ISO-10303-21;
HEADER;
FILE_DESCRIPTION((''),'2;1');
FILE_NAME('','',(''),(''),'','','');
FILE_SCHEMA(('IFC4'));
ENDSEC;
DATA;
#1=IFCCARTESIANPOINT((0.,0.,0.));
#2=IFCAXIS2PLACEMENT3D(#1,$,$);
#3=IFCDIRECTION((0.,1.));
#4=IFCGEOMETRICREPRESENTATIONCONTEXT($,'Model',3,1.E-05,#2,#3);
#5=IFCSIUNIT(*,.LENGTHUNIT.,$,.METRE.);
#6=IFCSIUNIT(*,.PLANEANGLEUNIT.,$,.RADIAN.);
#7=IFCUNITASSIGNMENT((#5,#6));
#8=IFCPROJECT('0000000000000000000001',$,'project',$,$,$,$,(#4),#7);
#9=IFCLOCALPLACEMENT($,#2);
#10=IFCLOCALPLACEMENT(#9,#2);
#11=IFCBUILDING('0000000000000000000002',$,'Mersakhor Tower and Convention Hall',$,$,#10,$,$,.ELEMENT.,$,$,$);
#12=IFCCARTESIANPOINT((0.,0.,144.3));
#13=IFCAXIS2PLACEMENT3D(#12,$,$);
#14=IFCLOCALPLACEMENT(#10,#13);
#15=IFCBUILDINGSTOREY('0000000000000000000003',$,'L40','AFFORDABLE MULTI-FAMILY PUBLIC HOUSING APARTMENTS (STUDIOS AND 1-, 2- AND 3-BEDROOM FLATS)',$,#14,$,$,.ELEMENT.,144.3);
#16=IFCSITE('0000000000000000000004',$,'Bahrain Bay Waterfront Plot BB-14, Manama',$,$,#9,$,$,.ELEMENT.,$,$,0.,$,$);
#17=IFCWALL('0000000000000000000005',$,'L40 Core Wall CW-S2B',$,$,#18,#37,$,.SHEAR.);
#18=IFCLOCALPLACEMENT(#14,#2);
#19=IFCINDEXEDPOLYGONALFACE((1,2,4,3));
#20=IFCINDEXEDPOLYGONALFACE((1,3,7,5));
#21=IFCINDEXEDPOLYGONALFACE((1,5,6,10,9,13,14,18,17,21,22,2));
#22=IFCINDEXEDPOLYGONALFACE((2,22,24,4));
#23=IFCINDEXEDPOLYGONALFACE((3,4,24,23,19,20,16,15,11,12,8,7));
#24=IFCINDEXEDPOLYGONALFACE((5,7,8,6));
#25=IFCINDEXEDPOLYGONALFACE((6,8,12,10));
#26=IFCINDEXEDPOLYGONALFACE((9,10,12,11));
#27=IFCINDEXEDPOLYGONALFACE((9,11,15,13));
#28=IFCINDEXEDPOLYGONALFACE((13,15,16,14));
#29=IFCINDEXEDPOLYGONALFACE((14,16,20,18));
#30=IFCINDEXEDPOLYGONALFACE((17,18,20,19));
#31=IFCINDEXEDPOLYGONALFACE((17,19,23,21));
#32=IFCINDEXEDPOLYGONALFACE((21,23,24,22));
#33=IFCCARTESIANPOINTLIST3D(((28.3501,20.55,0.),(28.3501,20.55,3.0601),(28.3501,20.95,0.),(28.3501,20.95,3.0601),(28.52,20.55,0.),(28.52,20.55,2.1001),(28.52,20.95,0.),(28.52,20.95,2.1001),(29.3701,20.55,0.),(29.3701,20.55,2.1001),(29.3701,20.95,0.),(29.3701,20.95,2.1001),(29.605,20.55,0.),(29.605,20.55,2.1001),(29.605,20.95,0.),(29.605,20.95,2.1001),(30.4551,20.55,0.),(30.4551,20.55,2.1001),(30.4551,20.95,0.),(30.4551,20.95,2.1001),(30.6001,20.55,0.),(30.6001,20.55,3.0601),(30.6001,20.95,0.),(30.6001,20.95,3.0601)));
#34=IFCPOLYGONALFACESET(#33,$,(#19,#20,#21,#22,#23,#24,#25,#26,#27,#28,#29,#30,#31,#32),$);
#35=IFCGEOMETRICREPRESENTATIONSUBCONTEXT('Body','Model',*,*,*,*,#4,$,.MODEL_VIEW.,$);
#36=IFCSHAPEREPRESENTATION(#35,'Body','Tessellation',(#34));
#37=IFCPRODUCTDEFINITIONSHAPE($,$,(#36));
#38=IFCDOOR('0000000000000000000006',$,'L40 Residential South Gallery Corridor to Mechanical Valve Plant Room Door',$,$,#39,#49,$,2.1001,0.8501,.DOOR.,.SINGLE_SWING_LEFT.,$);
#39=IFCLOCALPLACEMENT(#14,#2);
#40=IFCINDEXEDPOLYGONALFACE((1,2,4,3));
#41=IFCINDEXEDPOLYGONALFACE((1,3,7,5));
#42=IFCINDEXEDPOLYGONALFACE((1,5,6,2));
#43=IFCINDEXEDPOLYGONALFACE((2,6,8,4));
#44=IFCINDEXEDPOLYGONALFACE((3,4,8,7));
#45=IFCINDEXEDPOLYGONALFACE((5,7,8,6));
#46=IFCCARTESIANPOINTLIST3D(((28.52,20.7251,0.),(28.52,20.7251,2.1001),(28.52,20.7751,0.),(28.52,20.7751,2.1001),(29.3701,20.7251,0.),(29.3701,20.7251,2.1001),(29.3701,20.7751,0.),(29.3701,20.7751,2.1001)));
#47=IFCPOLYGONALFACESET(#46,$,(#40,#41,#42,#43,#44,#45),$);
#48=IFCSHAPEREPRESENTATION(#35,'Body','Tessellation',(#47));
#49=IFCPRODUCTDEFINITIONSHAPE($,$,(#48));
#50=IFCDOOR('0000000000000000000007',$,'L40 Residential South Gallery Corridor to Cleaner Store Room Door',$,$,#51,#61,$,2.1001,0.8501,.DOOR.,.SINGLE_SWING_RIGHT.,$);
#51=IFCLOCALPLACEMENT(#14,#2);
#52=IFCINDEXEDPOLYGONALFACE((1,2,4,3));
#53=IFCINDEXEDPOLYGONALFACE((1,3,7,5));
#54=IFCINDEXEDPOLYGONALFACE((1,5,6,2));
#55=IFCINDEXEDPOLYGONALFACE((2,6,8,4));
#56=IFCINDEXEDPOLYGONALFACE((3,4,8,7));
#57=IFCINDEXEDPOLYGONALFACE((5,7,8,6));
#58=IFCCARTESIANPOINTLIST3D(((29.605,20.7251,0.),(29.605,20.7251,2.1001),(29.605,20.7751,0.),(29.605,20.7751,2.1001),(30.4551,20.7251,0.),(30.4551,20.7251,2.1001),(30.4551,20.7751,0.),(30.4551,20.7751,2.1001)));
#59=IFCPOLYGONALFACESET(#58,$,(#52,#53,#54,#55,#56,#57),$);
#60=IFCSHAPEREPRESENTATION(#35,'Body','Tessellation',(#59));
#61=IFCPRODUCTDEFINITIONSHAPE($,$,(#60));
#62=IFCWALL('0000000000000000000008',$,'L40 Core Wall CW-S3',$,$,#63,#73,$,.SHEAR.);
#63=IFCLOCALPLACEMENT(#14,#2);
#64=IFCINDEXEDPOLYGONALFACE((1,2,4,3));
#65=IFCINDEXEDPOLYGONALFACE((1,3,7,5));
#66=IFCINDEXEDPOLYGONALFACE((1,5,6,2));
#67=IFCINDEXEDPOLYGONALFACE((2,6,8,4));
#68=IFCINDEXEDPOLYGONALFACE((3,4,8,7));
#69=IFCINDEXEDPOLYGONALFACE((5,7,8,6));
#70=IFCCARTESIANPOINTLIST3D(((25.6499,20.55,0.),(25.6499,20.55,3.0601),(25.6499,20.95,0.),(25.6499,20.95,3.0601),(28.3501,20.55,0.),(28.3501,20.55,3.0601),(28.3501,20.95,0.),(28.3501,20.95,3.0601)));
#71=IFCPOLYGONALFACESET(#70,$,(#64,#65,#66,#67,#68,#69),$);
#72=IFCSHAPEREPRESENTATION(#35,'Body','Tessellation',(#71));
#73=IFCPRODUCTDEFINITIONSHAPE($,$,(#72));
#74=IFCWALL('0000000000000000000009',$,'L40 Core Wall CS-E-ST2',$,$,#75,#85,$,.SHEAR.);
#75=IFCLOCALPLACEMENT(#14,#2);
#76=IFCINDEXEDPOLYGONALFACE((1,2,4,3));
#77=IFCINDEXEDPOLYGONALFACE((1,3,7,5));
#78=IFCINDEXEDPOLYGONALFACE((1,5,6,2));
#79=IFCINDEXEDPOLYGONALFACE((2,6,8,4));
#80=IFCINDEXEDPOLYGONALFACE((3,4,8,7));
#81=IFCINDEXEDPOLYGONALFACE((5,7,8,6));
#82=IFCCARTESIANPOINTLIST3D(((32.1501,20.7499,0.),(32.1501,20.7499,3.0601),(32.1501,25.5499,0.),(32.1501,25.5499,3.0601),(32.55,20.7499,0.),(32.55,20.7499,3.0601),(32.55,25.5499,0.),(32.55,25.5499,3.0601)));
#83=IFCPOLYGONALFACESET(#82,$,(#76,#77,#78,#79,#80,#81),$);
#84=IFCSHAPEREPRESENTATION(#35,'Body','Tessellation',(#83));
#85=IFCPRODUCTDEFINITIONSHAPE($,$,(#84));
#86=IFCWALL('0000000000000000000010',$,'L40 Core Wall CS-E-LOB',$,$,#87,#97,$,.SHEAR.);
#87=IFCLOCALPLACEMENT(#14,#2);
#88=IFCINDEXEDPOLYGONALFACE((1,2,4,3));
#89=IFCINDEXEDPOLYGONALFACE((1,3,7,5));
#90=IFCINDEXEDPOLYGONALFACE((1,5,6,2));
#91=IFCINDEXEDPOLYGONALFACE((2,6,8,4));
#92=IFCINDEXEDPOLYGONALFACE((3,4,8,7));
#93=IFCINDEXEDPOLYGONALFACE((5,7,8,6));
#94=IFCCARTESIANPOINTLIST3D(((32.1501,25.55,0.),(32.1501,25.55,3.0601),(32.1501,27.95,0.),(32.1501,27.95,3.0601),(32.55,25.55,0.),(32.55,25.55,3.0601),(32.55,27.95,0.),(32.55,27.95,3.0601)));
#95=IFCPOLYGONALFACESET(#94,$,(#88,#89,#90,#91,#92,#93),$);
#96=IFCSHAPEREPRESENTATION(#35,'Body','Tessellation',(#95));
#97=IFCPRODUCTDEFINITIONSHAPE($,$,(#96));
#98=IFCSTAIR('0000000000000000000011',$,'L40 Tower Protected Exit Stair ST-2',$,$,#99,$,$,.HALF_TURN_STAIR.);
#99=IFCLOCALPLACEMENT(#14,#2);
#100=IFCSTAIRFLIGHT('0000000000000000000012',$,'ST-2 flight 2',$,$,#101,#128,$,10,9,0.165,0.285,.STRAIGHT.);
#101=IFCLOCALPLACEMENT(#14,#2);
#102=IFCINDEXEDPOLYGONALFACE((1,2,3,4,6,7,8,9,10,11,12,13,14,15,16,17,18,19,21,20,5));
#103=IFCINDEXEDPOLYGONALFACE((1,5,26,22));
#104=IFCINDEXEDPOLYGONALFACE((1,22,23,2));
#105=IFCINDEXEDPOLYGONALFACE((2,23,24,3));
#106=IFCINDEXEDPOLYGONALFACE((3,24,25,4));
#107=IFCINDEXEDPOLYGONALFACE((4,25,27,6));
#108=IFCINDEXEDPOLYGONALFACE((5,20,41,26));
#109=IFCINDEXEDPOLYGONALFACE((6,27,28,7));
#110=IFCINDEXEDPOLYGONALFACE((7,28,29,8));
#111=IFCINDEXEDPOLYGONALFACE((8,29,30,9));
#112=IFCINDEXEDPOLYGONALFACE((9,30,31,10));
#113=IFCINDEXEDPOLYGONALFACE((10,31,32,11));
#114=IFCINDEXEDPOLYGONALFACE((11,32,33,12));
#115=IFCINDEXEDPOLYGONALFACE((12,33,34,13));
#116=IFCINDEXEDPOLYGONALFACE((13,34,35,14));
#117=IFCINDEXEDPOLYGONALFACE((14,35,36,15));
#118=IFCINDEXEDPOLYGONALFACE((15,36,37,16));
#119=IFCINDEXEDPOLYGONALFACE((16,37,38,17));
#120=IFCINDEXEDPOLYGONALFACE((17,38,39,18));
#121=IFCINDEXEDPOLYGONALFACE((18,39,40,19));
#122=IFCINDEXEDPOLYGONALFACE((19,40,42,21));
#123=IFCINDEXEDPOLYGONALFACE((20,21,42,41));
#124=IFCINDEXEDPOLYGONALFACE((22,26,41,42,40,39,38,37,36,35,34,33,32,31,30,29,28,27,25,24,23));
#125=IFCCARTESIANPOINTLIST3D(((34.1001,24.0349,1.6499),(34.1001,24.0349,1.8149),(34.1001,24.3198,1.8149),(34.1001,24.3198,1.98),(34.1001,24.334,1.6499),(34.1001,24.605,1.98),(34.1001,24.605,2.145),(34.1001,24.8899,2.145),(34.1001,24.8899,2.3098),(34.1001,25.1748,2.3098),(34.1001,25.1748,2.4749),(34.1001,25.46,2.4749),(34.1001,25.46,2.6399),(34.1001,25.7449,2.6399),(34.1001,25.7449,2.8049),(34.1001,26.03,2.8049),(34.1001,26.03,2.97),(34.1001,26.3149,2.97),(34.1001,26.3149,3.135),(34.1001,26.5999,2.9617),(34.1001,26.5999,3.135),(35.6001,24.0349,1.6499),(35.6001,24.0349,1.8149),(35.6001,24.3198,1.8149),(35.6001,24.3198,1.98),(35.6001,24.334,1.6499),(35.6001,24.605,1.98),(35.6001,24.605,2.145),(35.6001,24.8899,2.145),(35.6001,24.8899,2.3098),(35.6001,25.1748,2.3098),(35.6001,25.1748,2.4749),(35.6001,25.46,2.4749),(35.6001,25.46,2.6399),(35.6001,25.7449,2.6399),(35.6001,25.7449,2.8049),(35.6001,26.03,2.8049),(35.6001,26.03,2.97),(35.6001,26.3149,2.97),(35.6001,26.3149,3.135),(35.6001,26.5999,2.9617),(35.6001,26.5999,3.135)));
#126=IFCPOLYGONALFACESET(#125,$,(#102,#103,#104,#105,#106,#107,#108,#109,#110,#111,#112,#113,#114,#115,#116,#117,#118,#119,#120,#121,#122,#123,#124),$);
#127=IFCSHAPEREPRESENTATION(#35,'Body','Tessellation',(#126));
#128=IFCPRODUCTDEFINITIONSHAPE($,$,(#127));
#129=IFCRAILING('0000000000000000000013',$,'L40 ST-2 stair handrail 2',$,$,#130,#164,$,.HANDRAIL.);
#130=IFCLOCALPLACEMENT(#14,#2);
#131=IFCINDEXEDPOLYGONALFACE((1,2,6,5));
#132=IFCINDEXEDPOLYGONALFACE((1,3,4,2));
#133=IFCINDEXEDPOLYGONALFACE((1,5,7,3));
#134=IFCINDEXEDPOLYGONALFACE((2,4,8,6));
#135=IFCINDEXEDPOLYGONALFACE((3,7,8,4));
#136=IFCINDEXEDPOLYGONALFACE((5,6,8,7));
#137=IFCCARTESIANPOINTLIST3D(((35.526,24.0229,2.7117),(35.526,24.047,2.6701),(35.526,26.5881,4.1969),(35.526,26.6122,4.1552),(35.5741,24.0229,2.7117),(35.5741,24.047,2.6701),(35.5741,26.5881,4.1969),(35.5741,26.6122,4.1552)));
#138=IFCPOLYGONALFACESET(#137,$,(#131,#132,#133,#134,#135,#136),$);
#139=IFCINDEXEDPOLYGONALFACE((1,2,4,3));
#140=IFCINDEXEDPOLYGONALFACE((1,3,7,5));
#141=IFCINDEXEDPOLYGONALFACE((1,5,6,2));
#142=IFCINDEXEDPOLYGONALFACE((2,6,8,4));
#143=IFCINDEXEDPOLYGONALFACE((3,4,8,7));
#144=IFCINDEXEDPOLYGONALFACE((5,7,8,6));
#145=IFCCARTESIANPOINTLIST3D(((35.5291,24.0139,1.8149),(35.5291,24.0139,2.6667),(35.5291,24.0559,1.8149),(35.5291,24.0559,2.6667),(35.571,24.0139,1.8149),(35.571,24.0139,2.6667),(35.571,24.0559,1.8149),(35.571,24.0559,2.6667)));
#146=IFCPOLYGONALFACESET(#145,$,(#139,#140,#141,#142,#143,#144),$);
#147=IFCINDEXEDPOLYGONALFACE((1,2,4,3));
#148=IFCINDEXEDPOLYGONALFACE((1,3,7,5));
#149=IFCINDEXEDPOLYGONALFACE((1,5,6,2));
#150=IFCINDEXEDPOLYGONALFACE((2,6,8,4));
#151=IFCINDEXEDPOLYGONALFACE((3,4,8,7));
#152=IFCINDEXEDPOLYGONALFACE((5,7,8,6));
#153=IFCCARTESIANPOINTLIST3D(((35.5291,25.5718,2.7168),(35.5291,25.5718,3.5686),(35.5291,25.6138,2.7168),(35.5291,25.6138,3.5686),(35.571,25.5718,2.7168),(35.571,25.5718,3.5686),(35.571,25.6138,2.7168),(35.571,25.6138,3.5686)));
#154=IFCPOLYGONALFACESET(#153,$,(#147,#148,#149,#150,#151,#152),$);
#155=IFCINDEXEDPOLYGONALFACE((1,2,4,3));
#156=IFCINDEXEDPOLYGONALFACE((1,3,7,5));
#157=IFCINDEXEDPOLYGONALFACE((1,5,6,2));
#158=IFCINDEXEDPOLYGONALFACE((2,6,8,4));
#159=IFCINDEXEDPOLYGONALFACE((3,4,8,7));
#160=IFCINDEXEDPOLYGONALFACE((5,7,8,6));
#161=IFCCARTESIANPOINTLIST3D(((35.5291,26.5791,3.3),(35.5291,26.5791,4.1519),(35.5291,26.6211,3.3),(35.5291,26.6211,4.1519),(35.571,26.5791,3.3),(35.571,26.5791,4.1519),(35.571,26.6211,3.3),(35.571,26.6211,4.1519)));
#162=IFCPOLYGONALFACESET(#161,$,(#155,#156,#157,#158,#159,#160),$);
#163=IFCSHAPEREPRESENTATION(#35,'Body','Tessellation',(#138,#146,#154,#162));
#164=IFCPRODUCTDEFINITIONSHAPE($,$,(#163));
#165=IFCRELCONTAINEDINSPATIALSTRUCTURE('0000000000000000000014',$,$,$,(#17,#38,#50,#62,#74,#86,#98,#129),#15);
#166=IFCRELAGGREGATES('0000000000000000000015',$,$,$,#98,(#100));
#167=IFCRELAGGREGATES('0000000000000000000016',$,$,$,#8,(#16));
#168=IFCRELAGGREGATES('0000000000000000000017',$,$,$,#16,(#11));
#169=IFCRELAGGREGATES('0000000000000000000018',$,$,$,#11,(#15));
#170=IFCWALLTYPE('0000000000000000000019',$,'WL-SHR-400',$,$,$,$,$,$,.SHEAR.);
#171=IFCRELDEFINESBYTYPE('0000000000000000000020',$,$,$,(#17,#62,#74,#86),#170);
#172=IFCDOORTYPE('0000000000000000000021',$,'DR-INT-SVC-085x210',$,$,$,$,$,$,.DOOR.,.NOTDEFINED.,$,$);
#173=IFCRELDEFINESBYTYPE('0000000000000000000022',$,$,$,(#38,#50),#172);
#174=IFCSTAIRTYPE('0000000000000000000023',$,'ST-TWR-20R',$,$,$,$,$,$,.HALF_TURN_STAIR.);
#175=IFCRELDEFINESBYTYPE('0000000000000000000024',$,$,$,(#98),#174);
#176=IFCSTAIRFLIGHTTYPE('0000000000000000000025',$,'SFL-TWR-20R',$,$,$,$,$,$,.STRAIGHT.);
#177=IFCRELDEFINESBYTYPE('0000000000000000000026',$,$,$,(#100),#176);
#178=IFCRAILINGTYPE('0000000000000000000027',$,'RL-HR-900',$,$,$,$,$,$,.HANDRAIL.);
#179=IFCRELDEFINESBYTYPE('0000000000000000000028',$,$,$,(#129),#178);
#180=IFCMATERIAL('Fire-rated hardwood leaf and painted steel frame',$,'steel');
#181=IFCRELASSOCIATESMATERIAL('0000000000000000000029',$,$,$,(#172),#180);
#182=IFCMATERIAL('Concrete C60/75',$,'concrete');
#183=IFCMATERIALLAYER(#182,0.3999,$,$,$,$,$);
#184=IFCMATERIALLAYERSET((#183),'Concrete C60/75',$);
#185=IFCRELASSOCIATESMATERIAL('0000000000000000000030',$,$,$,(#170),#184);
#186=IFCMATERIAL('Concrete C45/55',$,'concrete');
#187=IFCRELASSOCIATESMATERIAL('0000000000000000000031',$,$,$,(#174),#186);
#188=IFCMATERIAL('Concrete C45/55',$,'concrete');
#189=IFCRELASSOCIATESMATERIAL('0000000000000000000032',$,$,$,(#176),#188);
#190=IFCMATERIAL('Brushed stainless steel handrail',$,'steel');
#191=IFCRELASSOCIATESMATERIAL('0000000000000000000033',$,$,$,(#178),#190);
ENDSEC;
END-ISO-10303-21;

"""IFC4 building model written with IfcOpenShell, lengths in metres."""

from ifc_helpers import new_model, si_unit, direction, frame, frame_2d, origin, origin_2d, place, context, subcontext, project, spatial, polyline, rectangle, outline, extrude, material, layer, layer_set, type_object, element, fill, aggregate, save


model = new_model("IFC4")

# Units and contexts
model_context = context("Model", 3, precision=1e-05, world=origin(), true_north=direction((0.0, 1.0)))
body_context = subcontext(model_context, "Body", "Model", "MODEL_VIEW")
ifc_project = project(units=[si_unit("LENGTHUNIT", "METRE"), si_unit("PLANEANGLEUNIT", "RADIAN")], contexts=[model_context])

# Site, building, storey
site_placement = place(None, origin())
site = spatial("IfcSite", under=ifc_project, at=site_placement, Name="Bahrain Bay Waterfront Plot BB-14, Manama", CompositionType="ELEMENT", RefElevation=0.0)
building_placement = place(site_placement, origin())
building = spatial("IfcBuilding", under=site, at=building_placement, Name="Mersakhor Tower and Convention Hall", CompositionType="ELEMENT")
storey_placement = place(building_placement, frame((0.0, 0.0, 144.3)))
storey = spatial("IfcBuildingStorey", under=building, at=storey_placement, Name="L40", Description="AFFORDABLE MULTI-FAMILY PUBLIC HOUSING APARTMENTS (STUDIOS AND 1-, 2- AND 3-BEDROOM FLATS)", CompositionType="ELEMENT", Elevation=144.3)

# Shared definitions
ifc_material_1 = material(Name="Fire-rated hardwood leaf and painted steel frame", Category="steel")
door_type_1 = type_object("IfcDoorType", Name="DR-INT-SVC-085x210", OperationType="NOTDEFINED", PredefinedType="DOOR", material=ifc_material_1)

# Shared definitions
ifc_material_2 = material(Name="Concrete C60/75", Category="concrete")
ifc_layer_1 = layer(ifc_material_2, 0.3999)
ifc_layer_set_1 = layer_set([ifc_layer_1], Name="Concrete C60/75")
wall_type_1 = type_object("IfcWallType", Name="WL-SHR-400", PredefinedType="SHEAR", material=ifc_layer_set_1)

# Wall, openings, doors
wall_1_placement = place(storey_placement, frame((30.6001, 20.75, 0.0), z_axis=(0.0, 0.0, 1.0), x_axis=(-1.0, 0.0, 0.0)))
wall_1 = element("IfcWall", 1, at=wall_1_placement, inside=storey, type_object=wall_type_1, Name="L40 Core Wall CW-S2B", PredefinedType="SHEAR", context=body_context, shape_type="SweptSolid", body=[
    extrude(rectangle(XDim=2.25, YDim=0.3999, at=frame_2d((1.125, 0.0))), origin(), (0.0, 0.0, 1.0), 3.0601),
])
opening_1_placement = place(wall_1_placement, frame((1.23, 0.0, 0.0)))
opening_1 = element("IfcOpeningElement", 2, at=opening_1_placement, cuts=wall_1, PredefinedType="OPENING", context=body_context, shape_type="SweptSolid", body=[
    extrude(rectangle(XDim=0.8501, YDim=2.1001, at=frame_2d((0.425, 1.05))), frame((0.0, 0.21, 0.0), z_axis=(0.0, -1.0, 0.0), x_axis=(1.0, 0.0, 0.0)), (0.0, 0.0, 1.0), 0.4199),
])
opening_2_placement = place(wall_1_placement, frame((0.145, 0.0, 0.0)))
opening_2 = element("IfcOpeningElement", 3, at=opening_2_placement, cuts=wall_1, PredefinedType="OPENING", context=body_context, shape_type="SweptSolid", body=[
    extrude(rectangle(XDim=0.8501, YDim=2.1001, at=frame_2d((0.425, 1.05))), frame((0.0, 0.21, 0.0), z_axis=(0.0, -1.0, 0.0), x_axis=(1.0, 0.0, 0.0)), (0.0, 0.0, 1.0), 0.4199),
])
door_1_placement = place(opening_1_placement, origin())
door_1 = element("IfcDoor", 4, at=door_1_placement, inside=storey, type_object=door_type_1, Name="L40 Residential South Gallery Corridor to Mechanical Valve Plant Room Door", OperationType="SINGLE_SWING_LEFT", OverallHeight=2.1001, OverallWidth=0.8501, PredefinedType="DOOR", context=body_context, shape_type="SweptSolid", body=[
    extrude(rectangle(XDim=0.8501, YDim=2.1001, at=frame_2d((0.425, 1.05))), frame((0.0, 0.0249, 0.0), z_axis=(0.0, -1.0, 0.0), x_axis=(1.0, 0.0, 0.0)), (0.0, 0.0, 1.0), 0.05),
])
fill(opening_1, door_1)
door_2_placement = place(opening_2_placement, origin())
door_2 = element("IfcDoor", 5, at=door_2_placement, inside=storey, type_object=door_type_1, Name="L40 Residential South Gallery Corridor to Cleaner Store Room Door", OperationType="SINGLE_SWING_RIGHT", OverallHeight=2.1001, OverallWidth=0.8501, PredefinedType="DOOR", context=body_context, shape_type="SweptSolid", body=[
    extrude(rectangle(XDim=0.8501, YDim=2.1001, at=frame_2d((0.425, 1.05))), frame((0.0, 0.0249, 0.0), z_axis=(0.0, -1.0, 0.0), x_axis=(1.0, 0.0, 0.0)), (0.0, 0.0, 1.0), 0.05),
])
fill(opening_2, door_2)

# Walls
wall_2_placement = place(storey_placement, frame((28.3501, 20.75, 0.0), z_axis=(0.0, 0.0, 1.0), x_axis=(-1.0, 0.0, 0.0)))
element("IfcWall", 6, at=wall_2_placement, inside=storey, type_object=wall_type_1, Name="L40 Core Wall CW-S3", PredefinedType="SHEAR", context=body_context, shape_type="SweptSolid", body=[
    extrude(rectangle(XDim=2.7002, YDim=0.3999, at=frame_2d((1.3501, 0.0))), origin(), (0.0, 0.0, 1.0), 3.0601),
])
wall_3_placement = place(storey_placement, frame((32.3501, 20.75, 0.0), z_axis=(0.0, 0.0, 1.0), x_axis=(0.0, 1.0, 0.0)))
element("IfcWall", 7, at=wall_3_placement, inside=storey, type_object=wall_type_1, Name="L40 Core Wall CS-E-ST2", PredefinedType="SHEAR", context=body_context, shape_type="SweptSolid", body=[
    extrude(rectangle(XDim=4.8, YDim=0.3999, at=frame_2d((2.3999, 0.0))), origin(), (0.0, 0.0, 1.0), 3.0601),
])
wall_4_placement = place(storey_placement, frame((32.3501, 25.55, 0.0), z_axis=(0.0, 0.0, 1.0), x_axis=(0.0, 1.0, 0.0)))
element("IfcWall", 8, at=wall_4_placement, inside=storey, type_object=wall_type_1, Name="L40 Core Wall CS-E-LOB", PredefinedType="SHEAR", context=body_context, shape_type="SweptSolid", body=[
    extrude(rectangle(XDim=2.3999, YDim=0.3999, at=frame_2d((1.2, 0.0))), origin(), (0.0, 0.0, 1.0), 3.0601),
])

# Stair, stair flight
ifc_material_3 = material(Name="Concrete C45/55", Category="concrete")
stair_type = type_object("IfcStairType", Name="ST-TWR-20R", PredefinedType="HALF_TURN_STAIR", material=ifc_material_3)
stair_placement = place(storey_placement, origin())
stair = element("IfcStair", 9, at=stair_placement, inside=storey, type_object=stair_type, Name="L40 Tower Protected Exit Stair ST-2", PredefinedType="HALF_TURN_STAIR")
ifc_material_4 = material(Name="Concrete C45/55", Category="concrete")
stair_flight_type = type_object("IfcStairFlightType", Name="SFL-TWR-20R", PredefinedType="STRAIGHT", material=ifc_material_4)
stair_flight_placement = place(storey_placement, frame((34.8501, 24.0349, 1.6499), z_axis=(0.0, 0.0, 1.0), x_axis=(0.0, 1.0, 0.0)))
stair_flight = element("IfcStairFlight", 10, at=stair_flight_placement, type_object=stair_flight_type, Name="ST-2 flight 2", NumberOfRisers=10, NumberOfTreads=9, PredefinedType="STRAIGHT", RiserHeight=0.165, TreadLength=0.285, context=body_context, shape_type="SweptSolid", body=[
    extrude(outline(polyline([(0.0, 0.0), (0.0, 0.165), (0.2849, 0.165), (0.2849, 0.3301), (0.5701, 0.3301), (0.5701, 0.4951), (0.855, 0.4951), (0.855, 0.6599), (1.1399, 0.6599), (1.1399, 0.825), (1.425, 0.825), (1.425, 0.99), (1.71, 0.99), (1.71, 1.155), (1.9951, 1.155), (1.9951, 1.3201), (2.28, 1.3201), (2.28, 1.4851), (2.5649, 1.4851), (2.5649, 1.6499), (2.5649, 1.3118), (0.2991, 0.0), (0.0, 0.0)])), frame((0.0, 0.75, 0.0), z_axis=(0.0, -1.0, 0.0), x_axis=(1.0, 0.0, 0.0)), (0.0, 0.0, 1.0), 1.5),
])
aggregate(stair, [stair_flight])

# Railing
ifc_material_5 = material(Name="Brushed stainless steel handrail", Category="steel")
railing_type_1 = type_object("IfcRailingType", Name="RL-HR-900", PredefinedType="HANDRAIL", material=ifc_material_5)
railing_1_placement = place(storey_placement, frame((35.55, 24.0349, 1.8149)))
element("IfcRailing", 11, at=railing_1_placement, inside=storey, type_object=railing_type_1, Name="L40 ST-2 stair handrail 2", PredefinedType="HANDRAIL", context=body_context, shape_type="SweptSolid", body=[
    extrude(rectangle(XDim=0.0481, YDim=0.0481, at=origin_2d()), frame((0.0, 0.0, 0.876), z_axis=(0.0, 0.865426, 0.501036), x_axis=(-1.0, 0.0, 0.0)), (0.0, 0.0, 1.0), 2.9641),
    extrude(rectangle(XDim=0.042, YDim=0.042, at=origin_2d()), origin(), (0.0, 0.0, 1.0), 0.8518),
    extrude(rectangle(XDim=0.042, YDim=0.042, at=origin_2d()), frame((0.0, 1.5579, 0.9019)), (0.0, 0.0, 1.0), 0.8518),
    extrude(rectangle(XDim=0.042, YDim=0.042, at=origin_2d()), frame((0.0, 2.5652, 1.4851)), (0.0, 0.0, 1.0), 0.8518),
])

save(model, "model.ifc")
